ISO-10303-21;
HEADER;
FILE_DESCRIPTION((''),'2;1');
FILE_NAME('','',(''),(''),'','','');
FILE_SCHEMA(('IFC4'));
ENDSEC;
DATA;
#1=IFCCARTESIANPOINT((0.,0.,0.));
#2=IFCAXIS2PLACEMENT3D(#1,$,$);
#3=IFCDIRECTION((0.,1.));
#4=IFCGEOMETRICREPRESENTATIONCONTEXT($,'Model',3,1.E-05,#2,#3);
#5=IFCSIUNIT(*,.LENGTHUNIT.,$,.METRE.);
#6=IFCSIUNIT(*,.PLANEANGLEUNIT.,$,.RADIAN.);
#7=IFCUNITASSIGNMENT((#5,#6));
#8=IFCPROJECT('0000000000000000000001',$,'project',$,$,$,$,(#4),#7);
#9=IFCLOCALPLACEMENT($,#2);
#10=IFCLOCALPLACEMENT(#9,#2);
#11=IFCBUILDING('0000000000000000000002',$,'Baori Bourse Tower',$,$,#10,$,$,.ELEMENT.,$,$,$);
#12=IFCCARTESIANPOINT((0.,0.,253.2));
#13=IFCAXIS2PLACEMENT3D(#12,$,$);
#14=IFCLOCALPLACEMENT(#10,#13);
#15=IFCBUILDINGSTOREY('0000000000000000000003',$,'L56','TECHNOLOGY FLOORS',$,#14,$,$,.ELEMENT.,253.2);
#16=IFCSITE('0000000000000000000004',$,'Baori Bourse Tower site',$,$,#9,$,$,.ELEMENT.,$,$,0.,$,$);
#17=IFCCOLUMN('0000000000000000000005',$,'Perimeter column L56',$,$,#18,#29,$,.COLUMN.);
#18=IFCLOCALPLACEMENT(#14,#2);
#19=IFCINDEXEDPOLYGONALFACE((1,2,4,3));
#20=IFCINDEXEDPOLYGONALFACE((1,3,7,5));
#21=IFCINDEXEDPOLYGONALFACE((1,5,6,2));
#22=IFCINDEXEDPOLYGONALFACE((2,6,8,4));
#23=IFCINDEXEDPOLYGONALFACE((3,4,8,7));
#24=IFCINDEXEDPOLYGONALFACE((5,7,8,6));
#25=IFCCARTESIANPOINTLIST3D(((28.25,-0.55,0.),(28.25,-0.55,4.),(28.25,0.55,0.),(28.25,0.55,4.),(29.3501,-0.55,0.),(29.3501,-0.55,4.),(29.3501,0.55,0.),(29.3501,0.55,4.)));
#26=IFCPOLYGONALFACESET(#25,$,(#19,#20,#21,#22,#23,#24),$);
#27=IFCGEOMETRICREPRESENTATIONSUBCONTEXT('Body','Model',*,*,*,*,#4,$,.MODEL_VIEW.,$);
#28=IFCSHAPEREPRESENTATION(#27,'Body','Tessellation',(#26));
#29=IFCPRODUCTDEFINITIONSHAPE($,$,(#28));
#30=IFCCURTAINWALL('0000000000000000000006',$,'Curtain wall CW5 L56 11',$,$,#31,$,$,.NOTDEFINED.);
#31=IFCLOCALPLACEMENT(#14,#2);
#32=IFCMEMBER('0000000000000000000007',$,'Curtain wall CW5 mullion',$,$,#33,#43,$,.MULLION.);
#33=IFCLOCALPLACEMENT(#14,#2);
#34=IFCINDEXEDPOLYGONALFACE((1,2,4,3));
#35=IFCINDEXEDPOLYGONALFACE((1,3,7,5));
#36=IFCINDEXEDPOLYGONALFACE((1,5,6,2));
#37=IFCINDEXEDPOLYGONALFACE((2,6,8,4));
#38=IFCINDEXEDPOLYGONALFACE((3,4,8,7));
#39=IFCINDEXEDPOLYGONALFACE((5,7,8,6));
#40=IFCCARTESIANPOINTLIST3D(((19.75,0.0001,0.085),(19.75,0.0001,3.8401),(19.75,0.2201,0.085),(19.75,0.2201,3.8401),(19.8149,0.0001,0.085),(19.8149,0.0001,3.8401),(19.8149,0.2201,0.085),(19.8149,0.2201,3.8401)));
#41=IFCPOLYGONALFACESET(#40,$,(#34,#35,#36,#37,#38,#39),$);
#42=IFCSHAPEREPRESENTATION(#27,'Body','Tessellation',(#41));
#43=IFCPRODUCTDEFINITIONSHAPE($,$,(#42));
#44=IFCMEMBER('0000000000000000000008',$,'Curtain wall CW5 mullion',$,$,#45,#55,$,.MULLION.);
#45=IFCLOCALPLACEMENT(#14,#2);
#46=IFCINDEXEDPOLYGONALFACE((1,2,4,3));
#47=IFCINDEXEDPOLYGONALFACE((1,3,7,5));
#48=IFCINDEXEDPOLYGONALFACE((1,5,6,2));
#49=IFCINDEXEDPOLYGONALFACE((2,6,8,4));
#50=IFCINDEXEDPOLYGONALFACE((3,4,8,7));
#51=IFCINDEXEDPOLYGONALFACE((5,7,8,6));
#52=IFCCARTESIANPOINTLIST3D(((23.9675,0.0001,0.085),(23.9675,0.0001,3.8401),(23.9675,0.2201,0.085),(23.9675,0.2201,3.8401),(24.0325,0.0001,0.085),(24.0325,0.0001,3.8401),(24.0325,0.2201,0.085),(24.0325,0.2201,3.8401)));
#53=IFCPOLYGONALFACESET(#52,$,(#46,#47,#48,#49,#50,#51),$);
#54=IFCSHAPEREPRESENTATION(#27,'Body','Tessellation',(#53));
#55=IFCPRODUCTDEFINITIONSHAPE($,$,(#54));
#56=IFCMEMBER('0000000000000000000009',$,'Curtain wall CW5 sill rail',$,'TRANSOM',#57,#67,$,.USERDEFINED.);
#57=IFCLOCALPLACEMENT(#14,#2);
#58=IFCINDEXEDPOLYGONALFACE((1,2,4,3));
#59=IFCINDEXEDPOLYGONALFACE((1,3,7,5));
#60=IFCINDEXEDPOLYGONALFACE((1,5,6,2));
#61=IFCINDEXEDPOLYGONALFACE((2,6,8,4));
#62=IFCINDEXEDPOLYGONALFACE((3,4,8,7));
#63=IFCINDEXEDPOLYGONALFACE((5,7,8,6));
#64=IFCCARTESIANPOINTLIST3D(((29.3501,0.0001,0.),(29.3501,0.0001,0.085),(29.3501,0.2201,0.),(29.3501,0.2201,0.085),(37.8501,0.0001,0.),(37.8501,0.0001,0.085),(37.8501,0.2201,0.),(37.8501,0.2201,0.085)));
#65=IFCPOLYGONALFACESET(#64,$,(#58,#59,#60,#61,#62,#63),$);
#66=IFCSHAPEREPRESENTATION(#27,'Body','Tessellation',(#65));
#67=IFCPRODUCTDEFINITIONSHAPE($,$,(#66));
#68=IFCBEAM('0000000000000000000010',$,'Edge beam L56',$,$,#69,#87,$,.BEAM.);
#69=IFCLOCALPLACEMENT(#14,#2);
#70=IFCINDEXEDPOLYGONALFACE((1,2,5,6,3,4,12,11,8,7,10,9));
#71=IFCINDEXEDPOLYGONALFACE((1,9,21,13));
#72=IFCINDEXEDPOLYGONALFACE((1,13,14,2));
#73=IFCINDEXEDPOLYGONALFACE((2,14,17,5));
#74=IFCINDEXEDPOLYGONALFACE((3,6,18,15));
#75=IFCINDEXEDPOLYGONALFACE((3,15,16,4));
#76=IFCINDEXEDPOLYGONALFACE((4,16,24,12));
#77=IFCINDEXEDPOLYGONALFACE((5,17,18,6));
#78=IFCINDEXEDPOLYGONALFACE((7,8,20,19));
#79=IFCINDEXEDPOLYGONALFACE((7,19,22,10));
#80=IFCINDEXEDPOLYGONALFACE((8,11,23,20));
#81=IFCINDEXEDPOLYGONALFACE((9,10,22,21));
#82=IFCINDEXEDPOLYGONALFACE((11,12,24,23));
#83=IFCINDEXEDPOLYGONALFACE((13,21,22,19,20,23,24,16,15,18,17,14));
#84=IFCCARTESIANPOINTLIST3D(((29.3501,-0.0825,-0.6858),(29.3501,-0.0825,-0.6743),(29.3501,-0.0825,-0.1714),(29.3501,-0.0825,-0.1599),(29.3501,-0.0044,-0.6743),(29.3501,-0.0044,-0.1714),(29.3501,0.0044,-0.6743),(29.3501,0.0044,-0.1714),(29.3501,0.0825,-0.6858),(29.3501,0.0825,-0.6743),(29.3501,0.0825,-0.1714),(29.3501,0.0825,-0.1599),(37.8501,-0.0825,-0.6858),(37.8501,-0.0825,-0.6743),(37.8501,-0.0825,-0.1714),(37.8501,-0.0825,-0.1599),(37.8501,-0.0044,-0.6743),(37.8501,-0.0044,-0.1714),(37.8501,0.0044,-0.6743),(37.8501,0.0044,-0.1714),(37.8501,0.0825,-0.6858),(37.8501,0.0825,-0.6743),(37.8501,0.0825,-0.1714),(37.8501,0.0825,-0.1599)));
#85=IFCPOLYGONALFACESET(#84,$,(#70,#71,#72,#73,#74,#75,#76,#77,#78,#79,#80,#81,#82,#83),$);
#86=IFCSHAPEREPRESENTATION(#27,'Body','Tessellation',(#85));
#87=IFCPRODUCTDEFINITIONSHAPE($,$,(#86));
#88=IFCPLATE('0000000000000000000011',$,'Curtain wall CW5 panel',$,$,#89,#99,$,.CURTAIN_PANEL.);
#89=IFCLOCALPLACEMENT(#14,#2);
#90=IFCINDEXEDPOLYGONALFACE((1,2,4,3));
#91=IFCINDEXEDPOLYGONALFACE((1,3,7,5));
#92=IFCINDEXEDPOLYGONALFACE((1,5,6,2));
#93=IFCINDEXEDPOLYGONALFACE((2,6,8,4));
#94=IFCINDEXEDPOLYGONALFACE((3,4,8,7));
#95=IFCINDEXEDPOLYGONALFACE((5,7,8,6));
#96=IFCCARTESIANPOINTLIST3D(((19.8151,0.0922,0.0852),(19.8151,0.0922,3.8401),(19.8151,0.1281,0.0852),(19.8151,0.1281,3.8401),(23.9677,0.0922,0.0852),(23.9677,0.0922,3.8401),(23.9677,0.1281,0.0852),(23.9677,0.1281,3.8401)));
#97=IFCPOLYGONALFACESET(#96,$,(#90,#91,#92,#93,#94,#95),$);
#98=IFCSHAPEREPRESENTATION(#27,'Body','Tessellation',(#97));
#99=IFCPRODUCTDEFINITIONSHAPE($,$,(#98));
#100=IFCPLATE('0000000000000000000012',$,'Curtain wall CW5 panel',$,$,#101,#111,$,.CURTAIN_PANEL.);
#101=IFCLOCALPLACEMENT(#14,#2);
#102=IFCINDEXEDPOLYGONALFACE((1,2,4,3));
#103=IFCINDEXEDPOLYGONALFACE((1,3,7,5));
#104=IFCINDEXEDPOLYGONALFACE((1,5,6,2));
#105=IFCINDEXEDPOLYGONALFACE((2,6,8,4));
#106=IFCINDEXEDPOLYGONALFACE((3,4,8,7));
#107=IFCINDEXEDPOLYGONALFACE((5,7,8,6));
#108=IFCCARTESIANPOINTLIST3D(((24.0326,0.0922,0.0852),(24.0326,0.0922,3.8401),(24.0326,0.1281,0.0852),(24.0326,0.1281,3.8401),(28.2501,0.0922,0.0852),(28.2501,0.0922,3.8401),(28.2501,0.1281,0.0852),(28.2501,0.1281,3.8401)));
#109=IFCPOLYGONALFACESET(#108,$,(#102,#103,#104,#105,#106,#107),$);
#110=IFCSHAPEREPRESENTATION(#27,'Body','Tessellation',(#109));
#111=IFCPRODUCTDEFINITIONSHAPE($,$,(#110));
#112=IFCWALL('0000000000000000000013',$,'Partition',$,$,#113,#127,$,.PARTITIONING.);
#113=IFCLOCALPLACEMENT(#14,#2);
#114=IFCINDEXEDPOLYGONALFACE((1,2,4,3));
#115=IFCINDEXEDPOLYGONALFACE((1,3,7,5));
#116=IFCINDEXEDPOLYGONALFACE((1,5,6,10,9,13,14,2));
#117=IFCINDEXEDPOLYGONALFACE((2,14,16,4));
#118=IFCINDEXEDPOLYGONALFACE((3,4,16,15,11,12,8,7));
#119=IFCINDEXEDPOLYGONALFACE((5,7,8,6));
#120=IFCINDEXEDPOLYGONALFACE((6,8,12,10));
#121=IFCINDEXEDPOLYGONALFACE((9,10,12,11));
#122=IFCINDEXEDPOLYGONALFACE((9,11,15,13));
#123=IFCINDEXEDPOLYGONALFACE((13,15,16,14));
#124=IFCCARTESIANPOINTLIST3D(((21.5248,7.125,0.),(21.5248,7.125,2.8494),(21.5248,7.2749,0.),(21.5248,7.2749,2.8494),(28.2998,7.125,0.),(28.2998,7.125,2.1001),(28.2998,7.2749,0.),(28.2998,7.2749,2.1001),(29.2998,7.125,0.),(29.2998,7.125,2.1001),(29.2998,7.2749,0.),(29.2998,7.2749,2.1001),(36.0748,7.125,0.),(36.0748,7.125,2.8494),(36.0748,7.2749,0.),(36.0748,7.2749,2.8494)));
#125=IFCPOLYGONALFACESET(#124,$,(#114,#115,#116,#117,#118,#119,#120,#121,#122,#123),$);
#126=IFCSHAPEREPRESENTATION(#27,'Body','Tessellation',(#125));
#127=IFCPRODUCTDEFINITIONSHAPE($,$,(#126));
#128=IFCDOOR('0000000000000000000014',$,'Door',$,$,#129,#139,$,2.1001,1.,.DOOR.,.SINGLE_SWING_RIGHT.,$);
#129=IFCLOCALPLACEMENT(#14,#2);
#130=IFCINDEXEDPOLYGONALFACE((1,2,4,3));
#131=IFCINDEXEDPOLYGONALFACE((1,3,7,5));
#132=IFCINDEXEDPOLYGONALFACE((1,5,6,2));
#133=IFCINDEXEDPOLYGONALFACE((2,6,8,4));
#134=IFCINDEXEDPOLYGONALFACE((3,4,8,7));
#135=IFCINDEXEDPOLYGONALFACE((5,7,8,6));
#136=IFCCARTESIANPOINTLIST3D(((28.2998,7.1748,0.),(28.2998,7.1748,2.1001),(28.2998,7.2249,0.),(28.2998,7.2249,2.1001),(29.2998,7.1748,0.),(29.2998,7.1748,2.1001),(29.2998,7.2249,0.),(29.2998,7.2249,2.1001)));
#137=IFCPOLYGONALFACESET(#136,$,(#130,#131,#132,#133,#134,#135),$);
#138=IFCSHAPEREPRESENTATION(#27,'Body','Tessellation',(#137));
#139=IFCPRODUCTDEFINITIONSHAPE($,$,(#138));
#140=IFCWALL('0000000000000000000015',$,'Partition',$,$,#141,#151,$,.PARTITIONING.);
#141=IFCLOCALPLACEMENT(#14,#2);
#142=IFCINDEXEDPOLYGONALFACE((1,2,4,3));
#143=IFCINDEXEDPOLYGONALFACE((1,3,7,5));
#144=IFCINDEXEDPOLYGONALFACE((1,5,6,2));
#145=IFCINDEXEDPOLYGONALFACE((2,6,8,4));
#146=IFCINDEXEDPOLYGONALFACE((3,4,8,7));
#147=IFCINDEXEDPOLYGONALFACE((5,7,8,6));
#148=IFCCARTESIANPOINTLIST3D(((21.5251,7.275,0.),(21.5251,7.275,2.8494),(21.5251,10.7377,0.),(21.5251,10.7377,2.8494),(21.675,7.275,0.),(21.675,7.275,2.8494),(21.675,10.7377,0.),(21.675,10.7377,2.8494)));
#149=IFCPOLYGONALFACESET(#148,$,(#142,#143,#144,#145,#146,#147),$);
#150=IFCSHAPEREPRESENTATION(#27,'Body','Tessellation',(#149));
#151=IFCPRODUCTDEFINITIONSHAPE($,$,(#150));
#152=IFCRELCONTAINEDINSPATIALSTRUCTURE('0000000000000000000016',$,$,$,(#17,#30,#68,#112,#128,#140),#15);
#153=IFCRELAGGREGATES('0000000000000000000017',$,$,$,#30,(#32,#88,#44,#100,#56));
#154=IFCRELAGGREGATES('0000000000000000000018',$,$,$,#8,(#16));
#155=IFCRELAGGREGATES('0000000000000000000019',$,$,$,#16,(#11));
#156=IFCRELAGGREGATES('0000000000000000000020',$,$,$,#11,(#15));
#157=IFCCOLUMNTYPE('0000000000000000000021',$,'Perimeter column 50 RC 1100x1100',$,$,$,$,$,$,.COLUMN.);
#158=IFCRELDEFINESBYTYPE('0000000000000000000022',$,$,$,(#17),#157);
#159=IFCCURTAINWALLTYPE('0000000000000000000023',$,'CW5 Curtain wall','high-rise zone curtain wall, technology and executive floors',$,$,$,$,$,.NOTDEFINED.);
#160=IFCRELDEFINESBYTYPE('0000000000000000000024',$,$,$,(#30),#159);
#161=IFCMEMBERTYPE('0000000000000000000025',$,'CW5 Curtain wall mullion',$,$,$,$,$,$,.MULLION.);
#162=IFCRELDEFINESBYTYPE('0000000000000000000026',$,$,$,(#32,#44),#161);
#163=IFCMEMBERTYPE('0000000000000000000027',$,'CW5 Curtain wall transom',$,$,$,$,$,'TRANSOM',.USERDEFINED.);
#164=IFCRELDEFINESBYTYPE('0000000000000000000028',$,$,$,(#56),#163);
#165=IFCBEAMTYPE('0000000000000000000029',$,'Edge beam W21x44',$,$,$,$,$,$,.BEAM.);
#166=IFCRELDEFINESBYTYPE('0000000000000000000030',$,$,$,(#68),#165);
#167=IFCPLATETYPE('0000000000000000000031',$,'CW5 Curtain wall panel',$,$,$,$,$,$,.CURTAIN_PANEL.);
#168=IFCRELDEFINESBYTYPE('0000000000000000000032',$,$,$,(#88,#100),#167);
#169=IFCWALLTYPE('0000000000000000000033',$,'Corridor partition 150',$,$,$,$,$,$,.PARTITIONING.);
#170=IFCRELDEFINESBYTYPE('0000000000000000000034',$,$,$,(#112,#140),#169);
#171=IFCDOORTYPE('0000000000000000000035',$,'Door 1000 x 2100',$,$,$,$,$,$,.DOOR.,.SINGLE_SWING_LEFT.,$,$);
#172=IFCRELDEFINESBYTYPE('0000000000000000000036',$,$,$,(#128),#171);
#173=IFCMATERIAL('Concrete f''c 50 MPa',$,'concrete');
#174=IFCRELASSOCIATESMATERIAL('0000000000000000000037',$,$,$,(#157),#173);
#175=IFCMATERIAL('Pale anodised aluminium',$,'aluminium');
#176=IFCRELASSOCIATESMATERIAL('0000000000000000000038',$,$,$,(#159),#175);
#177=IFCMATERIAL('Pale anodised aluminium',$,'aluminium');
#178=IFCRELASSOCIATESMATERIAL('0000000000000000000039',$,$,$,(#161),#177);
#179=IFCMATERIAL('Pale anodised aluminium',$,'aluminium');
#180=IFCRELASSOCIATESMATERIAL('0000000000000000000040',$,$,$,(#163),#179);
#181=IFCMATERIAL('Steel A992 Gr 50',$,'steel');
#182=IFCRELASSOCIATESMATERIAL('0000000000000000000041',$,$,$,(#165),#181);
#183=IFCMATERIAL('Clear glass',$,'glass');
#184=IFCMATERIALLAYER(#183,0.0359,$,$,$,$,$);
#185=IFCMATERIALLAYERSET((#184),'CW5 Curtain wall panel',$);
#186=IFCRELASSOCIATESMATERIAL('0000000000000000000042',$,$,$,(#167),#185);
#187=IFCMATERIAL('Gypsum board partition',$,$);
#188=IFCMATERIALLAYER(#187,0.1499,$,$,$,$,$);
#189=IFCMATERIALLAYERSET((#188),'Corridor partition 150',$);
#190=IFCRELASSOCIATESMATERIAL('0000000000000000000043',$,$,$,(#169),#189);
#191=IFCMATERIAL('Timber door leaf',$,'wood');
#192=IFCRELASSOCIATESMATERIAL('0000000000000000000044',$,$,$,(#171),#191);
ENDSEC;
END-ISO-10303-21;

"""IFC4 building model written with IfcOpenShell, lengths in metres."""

from ifc_helpers import new_model, si_unit, direction, frame, frame_2d, origin, origin_2d, place, context, subcontext, project, spatial, rectangle, i_section, extrude, material, layer, layer_set, material_profile, profile_set, type_object, element, fill, aggregate, save


model = new_model("IFC4")

# Units and contexts
model_context = context("Model", 3, precision=1e-05, world=origin(), true_north=direction((0.0, 1.0)))
body_context = subcontext(model_context, "Body", "Model", "MODEL_VIEW")
ifc_project = project(units=[si_unit("LENGTHUNIT", "METRE"), si_unit("PLANEANGLEUNIT", "RADIAN")], contexts=[model_context])

# Site, building, storey
site_placement = place(None, origin())
site = spatial("IfcSite", under=ifc_project, at=site_placement, Name="Baori Bourse Tower site", CompositionType="ELEMENT", RefElevation=0.0)
building_placement = place(site_placement, origin())
building = spatial("IfcBuilding", under=site, at=building_placement, Name="Baori Bourse Tower", CompositionType="ELEMENT")
storey_placement = place(building_placement, frame((0.0, 0.0, 253.2)))
storey = spatial("IfcBuildingStorey", under=building, at=storey_placement, Name="L56", Description="TECHNOLOGY FLOORS", CompositionType="ELEMENT", Elevation=253.2)

# Column
ifc_material_1 = material(Name="Concrete f'c 50 MPa", Category="concrete")
ifc_material_profile_1 = material_profile(ifc_material_1, rectangle(XDim=1.1001, YDim=1.1001, at=origin_2d()), Name="RC 1100x1100")
ifc_profile_set_1 = profile_set([ifc_material_profile_1], Name="Concrete f'c 50 MPa")
column_type = type_object("IfcColumnType", Name="Perimeter column 50 RC 1100x1100", PredefinedType="COLUMN", material=ifc_profile_set_1)
column_placement = place(storey_placement, frame((28.8, 0.0, 0.0), z_axis=(0.0, 0.0, 1.0), x_axis=(1.0, 0.0, 0.0)))
element("IfcColumn", 1, at=column_placement, inside=storey, type_object=column_type, Name="Perimeter column L56", PredefinedType="COLUMN", context=body_context, shape_type="SweptSolid", body=[
    extrude(rectangle(XDim=1.1001, YDim=1.1001, at=origin_2d()), origin(), (0.0, 0.0, 1.0), 4.0),
])

# Curtain wall, members
ifc_material_2 = material(Name="Pale anodised aluminium", Category="aluminium")
curtain_wall_type = type_object("IfcCurtainWallType", Name="CW5 Curtain wall", Description="high-rise zone curtain wall, technology and executive floors", PredefinedType="NOTDEFINED", material=ifc_material_2)
curtain_wall_placement = place(storey_placement, origin())
curtain_wall = element("IfcCurtainWall", 2, at=curtain_wall_placement, inside=storey, type_object=curtain_wall_type, Name="Curtain wall CW5 L56 11", PredefinedType="NOTDEFINED")
ifc_material_3 = material(Name="Pale anodised aluminium", Category="aluminium")
ifc_material_profile_2 = material_profile(ifc_material_3, rectangle(XDim=0.22, YDim=0.0649, at=origin_2d()), Name="Mullion 65x220")
ifc_profile_set_2 = profile_set([ifc_material_profile_2], Name="Pale anodised aluminium")
member_type_1 = type_object("IfcMemberType", Name="CW5 Curtain wall mullion", PredefinedType="MULLION", material=ifc_profile_set_2)
member_1_placement = place(storey_placement, frame((19.7825, 0.1101, 0.085), z_axis=(0.0, 0.0, 1.0), x_axis=(0.0, 1.0, 0.0)))
member_1 = element("IfcMember", 3, at=member_1_placement, type_object=member_type_1, Name="Curtain wall CW5 mullion", PredefinedType="MULLION", context=body_context, shape_type="SweptSolid", body=[
    extrude(rectangle(XDim=0.22, YDim=0.0649, at=origin_2d()), origin(), (0.0, 0.0, 1.0), 3.7551),
])
member_2_placement = place(storey_placement, frame((24.0, 0.1101, 0.085), z_axis=(0.0, 0.0, 1.0), x_axis=(0.0, 1.0, 0.0)))
member_2 = element("IfcMember", 4, at=member_2_placement, type_object=member_type_1, Name="Curtain wall CW5 mullion", PredefinedType="MULLION", context=body_context, shape_type="SweptSolid", body=[
    extrude(rectangle(XDim=0.22, YDim=0.0649, at=origin_2d()), origin(), (0.0, 0.0, 1.0), 3.7551),
])
ifc_material_4 = material(Name="Pale anodised aluminium", Category="aluminium")
ifc_material_profile_3 = material_profile(ifc_material_4, rectangle(XDim=0.22, YDim=0.085, at=origin_2d()), Name="Transom 85x220")
ifc_profile_set_3 = profile_set([ifc_material_profile_3], Name="Pale anodised aluminium")
member_type_2 = type_object("IfcMemberType", Name="CW5 Curtain wall transom", ElementType="TRANSOM", PredefinedType="USERDEFINED", material=ifc_profile_set_3)
member_3_placement = place(storey_placement, frame((29.3501, 0.1101, 0.0425), z_axis=(1.0, 0.0, 0.0), x_axis=(0.0, 1.0, 0.0)))
member_3 = element("IfcMember", 5, at=member_3_placement, type_object=member_type_2, Name="Curtain wall CW5 sill rail", ObjectType="TRANSOM", PredefinedType="USERDEFINED", context=body_context, shape_type="SweptSolid", body=[
    extrude(rectangle(XDim=0.22, YDim=0.085, at=origin_2d()), origin(), (0.0, 0.0, 1.0), 8.5),
])

# Beam
ifc_material_5 = material(Name="Steel A992 Gr 50", Category="steel")
ifc_material_profile_4 = material_profile(ifc_material_5, i_section(OverallWidth=0.165, OverallDepth=0.5259, WebThickness=0.0088, FlangeThickness=0.0115, at=origin_2d()), Name="W21x44")
ifc_profile_set_4 = profile_set([ifc_material_profile_4], Name="Steel A992 Gr 50")
beam_type = type_object("IfcBeamType", Name="Edge beam W21x44", PredefinedType="BEAM", material=ifc_profile_set_4)
beam_placement = place(storey_placement, frame((29.3501, 0.0, -0.4229), z_axis=(1.0, 0.0, 0.0), x_axis=(0.0, 1.0, 0.0)))
element("IfcBeam", 6, at=beam_placement, inside=storey, type_object=beam_type, Name="Edge beam L56", PredefinedType="BEAM", context=body_context, shape_type="SweptSolid", body=[
    extrude(i_section(OverallWidth=0.165, OverallDepth=0.5259, WebThickness=0.0088, FlangeThickness=0.0115, at=origin_2d()), origin(), (0.0, 0.0, 1.0), 8.5),
])

# Plates
ifc_material_6 = material(Name="Clear glass", Category="glass")
ifc_layer_1 = layer(ifc_material_6, 0.0359)
ifc_layer_set_1 = layer_set([ifc_layer_1], Name="CW5 Curtain wall panel")
plate_type = type_object("IfcPlateType", Name="CW5 Curtain wall panel", PredefinedType="CURTAIN_PANEL", material=ifc_layer_set_1)
plate_1_placement = place(storey_placement, frame((21.8914, 0.1101, 0.0852), z_axis=(0.0, 0.0, 1.0), x_axis=(1.0, 0.0, 0.0)))
plate_1 = element("IfcPlate", 7, at=plate_1_placement, type_object=plate_type, Name="Curtain wall CW5 panel", PredefinedType="CURTAIN_PANEL", context=body_context, shape_type="SweptSolid", body=[
    extrude(rectangle(XDim=4.1526, YDim=0.0359, at=origin_2d()), origin(), (0.0, 0.0, 1.0), 3.7549),
])
plate_2_placement = place(storey_placement, frame((26.1414, 0.1101, 0.0852), z_axis=(0.0, 0.0, 1.0), x_axis=(1.0, 0.0, 0.0)))
plate_2 = element("IfcPlate", 8, at=plate_2_placement, type_object=plate_type, Name="Curtain wall CW5 panel", PredefinedType="CURTAIN_PANEL", context=body_context, shape_type="SweptSolid", body=[
    extrude(rectangle(XDim=4.2175, YDim=0.0359, at=origin_2d()), origin(), (0.0, 0.0, 1.0), 3.7549),
])
aggregate(curtain_wall, [member_1, plate_1, member_2, plate_2, member_3])

# Wall, opening, door
ifc_material_7 = material(Name="Gypsum board partition")
ifc_layer_2 = layer(ifc_material_7, 0.1499)
ifc_layer_set_2 = layer_set([ifc_layer_2], Name="Corridor partition 150")
wall_type_1 = type_object("IfcWallType", Name="Corridor partition 150", PredefinedType="PARTITIONING", material=ifc_layer_set_2)
wall_1_placement = place(storey_placement, frame((21.5249, 7.2, 0.0), z_axis=(0.0, 0.0, 1.0), x_axis=(1.0, 0.0, 0.0)))
wall_1 = element("IfcWall", 9, at=wall_1_placement, inside=storey, type_object=wall_type_1, Name="Partition", PredefinedType="PARTITIONING", context=body_context, shape_type="SweptSolid", body=[
    extrude(rectangle(XDim=14.55, YDim=0.1499, at=frame_2d((7.2749, 0.0))), origin(), (0.0, 0.0, 1.0), 2.8494),
])
opening_1_placement = place(wall_1_placement, frame((6.7749, 0.0, 0.0)))
opening_1 = element("IfcOpeningElement", 10, at=opening_1_placement, cuts=wall_1, PredefinedType="OPENING", context=body_context, shape_type="SweptSolid", body=[
    extrude(rectangle(XDim=1.0, YDim=2.1001, at=frame_2d((0.5, 1.05))), frame((0.0, 0.085, 0.0), z_axis=(0.0, -1.0, 0.0), x_axis=(1.0, 0.0, 0.0)), (0.0, 0.0, 1.0), 0.1699),
])
ifc_material_8 = material(Name="Timber door leaf", Category="wood")
door_type = type_object("IfcDoorType", Name="Door 1000 x 2100", OperationType="SINGLE_SWING_LEFT", PredefinedType="DOOR", material=ifc_material_8)
door_1_placement = place(opening_1_placement, origin())
door_1 = element("IfcDoor", 11, at=door_1_placement, inside=storey, type_object=door_type, Name="Door", OperationType="SINGLE_SWING_RIGHT", OverallHeight=2.1001, OverallWidth=1.0, PredefinedType="DOOR", context=body_context, shape_type="SweptSolid", body=[
    extrude(rectangle(XDim=1.0, YDim=2.1001, at=frame_2d((0.5, 1.05))), frame((0.0, 0.0249, 0.0), z_axis=(0.0, -1.0, 0.0), x_axis=(1.0, 0.0, 0.0)), (0.0, 0.0, 1.0), 0.05),
])
fill(opening_1, door_1)

# Wall
wall_2_placement = place(storey_placement, frame((21.6001, 7.2749, 0.0), z_axis=(0.0, 0.0, 1.0), x_axis=(0.0, 1.0, 0.0)))
element("IfcWall", 12, at=wall_2_placement, inside=storey, type_object=wall_type_1, Name="Partition", PredefinedType="PARTITIONING", context=body_context, shape_type="SweptSolid", body=[
    extrude(rectangle(XDim=3.4626, YDim=0.1499, at=frame_2d((1.7314, 0.0))), origin(), (0.0, 0.0, 1.0), 2.8494),
])

save(model, "model.ifc")
